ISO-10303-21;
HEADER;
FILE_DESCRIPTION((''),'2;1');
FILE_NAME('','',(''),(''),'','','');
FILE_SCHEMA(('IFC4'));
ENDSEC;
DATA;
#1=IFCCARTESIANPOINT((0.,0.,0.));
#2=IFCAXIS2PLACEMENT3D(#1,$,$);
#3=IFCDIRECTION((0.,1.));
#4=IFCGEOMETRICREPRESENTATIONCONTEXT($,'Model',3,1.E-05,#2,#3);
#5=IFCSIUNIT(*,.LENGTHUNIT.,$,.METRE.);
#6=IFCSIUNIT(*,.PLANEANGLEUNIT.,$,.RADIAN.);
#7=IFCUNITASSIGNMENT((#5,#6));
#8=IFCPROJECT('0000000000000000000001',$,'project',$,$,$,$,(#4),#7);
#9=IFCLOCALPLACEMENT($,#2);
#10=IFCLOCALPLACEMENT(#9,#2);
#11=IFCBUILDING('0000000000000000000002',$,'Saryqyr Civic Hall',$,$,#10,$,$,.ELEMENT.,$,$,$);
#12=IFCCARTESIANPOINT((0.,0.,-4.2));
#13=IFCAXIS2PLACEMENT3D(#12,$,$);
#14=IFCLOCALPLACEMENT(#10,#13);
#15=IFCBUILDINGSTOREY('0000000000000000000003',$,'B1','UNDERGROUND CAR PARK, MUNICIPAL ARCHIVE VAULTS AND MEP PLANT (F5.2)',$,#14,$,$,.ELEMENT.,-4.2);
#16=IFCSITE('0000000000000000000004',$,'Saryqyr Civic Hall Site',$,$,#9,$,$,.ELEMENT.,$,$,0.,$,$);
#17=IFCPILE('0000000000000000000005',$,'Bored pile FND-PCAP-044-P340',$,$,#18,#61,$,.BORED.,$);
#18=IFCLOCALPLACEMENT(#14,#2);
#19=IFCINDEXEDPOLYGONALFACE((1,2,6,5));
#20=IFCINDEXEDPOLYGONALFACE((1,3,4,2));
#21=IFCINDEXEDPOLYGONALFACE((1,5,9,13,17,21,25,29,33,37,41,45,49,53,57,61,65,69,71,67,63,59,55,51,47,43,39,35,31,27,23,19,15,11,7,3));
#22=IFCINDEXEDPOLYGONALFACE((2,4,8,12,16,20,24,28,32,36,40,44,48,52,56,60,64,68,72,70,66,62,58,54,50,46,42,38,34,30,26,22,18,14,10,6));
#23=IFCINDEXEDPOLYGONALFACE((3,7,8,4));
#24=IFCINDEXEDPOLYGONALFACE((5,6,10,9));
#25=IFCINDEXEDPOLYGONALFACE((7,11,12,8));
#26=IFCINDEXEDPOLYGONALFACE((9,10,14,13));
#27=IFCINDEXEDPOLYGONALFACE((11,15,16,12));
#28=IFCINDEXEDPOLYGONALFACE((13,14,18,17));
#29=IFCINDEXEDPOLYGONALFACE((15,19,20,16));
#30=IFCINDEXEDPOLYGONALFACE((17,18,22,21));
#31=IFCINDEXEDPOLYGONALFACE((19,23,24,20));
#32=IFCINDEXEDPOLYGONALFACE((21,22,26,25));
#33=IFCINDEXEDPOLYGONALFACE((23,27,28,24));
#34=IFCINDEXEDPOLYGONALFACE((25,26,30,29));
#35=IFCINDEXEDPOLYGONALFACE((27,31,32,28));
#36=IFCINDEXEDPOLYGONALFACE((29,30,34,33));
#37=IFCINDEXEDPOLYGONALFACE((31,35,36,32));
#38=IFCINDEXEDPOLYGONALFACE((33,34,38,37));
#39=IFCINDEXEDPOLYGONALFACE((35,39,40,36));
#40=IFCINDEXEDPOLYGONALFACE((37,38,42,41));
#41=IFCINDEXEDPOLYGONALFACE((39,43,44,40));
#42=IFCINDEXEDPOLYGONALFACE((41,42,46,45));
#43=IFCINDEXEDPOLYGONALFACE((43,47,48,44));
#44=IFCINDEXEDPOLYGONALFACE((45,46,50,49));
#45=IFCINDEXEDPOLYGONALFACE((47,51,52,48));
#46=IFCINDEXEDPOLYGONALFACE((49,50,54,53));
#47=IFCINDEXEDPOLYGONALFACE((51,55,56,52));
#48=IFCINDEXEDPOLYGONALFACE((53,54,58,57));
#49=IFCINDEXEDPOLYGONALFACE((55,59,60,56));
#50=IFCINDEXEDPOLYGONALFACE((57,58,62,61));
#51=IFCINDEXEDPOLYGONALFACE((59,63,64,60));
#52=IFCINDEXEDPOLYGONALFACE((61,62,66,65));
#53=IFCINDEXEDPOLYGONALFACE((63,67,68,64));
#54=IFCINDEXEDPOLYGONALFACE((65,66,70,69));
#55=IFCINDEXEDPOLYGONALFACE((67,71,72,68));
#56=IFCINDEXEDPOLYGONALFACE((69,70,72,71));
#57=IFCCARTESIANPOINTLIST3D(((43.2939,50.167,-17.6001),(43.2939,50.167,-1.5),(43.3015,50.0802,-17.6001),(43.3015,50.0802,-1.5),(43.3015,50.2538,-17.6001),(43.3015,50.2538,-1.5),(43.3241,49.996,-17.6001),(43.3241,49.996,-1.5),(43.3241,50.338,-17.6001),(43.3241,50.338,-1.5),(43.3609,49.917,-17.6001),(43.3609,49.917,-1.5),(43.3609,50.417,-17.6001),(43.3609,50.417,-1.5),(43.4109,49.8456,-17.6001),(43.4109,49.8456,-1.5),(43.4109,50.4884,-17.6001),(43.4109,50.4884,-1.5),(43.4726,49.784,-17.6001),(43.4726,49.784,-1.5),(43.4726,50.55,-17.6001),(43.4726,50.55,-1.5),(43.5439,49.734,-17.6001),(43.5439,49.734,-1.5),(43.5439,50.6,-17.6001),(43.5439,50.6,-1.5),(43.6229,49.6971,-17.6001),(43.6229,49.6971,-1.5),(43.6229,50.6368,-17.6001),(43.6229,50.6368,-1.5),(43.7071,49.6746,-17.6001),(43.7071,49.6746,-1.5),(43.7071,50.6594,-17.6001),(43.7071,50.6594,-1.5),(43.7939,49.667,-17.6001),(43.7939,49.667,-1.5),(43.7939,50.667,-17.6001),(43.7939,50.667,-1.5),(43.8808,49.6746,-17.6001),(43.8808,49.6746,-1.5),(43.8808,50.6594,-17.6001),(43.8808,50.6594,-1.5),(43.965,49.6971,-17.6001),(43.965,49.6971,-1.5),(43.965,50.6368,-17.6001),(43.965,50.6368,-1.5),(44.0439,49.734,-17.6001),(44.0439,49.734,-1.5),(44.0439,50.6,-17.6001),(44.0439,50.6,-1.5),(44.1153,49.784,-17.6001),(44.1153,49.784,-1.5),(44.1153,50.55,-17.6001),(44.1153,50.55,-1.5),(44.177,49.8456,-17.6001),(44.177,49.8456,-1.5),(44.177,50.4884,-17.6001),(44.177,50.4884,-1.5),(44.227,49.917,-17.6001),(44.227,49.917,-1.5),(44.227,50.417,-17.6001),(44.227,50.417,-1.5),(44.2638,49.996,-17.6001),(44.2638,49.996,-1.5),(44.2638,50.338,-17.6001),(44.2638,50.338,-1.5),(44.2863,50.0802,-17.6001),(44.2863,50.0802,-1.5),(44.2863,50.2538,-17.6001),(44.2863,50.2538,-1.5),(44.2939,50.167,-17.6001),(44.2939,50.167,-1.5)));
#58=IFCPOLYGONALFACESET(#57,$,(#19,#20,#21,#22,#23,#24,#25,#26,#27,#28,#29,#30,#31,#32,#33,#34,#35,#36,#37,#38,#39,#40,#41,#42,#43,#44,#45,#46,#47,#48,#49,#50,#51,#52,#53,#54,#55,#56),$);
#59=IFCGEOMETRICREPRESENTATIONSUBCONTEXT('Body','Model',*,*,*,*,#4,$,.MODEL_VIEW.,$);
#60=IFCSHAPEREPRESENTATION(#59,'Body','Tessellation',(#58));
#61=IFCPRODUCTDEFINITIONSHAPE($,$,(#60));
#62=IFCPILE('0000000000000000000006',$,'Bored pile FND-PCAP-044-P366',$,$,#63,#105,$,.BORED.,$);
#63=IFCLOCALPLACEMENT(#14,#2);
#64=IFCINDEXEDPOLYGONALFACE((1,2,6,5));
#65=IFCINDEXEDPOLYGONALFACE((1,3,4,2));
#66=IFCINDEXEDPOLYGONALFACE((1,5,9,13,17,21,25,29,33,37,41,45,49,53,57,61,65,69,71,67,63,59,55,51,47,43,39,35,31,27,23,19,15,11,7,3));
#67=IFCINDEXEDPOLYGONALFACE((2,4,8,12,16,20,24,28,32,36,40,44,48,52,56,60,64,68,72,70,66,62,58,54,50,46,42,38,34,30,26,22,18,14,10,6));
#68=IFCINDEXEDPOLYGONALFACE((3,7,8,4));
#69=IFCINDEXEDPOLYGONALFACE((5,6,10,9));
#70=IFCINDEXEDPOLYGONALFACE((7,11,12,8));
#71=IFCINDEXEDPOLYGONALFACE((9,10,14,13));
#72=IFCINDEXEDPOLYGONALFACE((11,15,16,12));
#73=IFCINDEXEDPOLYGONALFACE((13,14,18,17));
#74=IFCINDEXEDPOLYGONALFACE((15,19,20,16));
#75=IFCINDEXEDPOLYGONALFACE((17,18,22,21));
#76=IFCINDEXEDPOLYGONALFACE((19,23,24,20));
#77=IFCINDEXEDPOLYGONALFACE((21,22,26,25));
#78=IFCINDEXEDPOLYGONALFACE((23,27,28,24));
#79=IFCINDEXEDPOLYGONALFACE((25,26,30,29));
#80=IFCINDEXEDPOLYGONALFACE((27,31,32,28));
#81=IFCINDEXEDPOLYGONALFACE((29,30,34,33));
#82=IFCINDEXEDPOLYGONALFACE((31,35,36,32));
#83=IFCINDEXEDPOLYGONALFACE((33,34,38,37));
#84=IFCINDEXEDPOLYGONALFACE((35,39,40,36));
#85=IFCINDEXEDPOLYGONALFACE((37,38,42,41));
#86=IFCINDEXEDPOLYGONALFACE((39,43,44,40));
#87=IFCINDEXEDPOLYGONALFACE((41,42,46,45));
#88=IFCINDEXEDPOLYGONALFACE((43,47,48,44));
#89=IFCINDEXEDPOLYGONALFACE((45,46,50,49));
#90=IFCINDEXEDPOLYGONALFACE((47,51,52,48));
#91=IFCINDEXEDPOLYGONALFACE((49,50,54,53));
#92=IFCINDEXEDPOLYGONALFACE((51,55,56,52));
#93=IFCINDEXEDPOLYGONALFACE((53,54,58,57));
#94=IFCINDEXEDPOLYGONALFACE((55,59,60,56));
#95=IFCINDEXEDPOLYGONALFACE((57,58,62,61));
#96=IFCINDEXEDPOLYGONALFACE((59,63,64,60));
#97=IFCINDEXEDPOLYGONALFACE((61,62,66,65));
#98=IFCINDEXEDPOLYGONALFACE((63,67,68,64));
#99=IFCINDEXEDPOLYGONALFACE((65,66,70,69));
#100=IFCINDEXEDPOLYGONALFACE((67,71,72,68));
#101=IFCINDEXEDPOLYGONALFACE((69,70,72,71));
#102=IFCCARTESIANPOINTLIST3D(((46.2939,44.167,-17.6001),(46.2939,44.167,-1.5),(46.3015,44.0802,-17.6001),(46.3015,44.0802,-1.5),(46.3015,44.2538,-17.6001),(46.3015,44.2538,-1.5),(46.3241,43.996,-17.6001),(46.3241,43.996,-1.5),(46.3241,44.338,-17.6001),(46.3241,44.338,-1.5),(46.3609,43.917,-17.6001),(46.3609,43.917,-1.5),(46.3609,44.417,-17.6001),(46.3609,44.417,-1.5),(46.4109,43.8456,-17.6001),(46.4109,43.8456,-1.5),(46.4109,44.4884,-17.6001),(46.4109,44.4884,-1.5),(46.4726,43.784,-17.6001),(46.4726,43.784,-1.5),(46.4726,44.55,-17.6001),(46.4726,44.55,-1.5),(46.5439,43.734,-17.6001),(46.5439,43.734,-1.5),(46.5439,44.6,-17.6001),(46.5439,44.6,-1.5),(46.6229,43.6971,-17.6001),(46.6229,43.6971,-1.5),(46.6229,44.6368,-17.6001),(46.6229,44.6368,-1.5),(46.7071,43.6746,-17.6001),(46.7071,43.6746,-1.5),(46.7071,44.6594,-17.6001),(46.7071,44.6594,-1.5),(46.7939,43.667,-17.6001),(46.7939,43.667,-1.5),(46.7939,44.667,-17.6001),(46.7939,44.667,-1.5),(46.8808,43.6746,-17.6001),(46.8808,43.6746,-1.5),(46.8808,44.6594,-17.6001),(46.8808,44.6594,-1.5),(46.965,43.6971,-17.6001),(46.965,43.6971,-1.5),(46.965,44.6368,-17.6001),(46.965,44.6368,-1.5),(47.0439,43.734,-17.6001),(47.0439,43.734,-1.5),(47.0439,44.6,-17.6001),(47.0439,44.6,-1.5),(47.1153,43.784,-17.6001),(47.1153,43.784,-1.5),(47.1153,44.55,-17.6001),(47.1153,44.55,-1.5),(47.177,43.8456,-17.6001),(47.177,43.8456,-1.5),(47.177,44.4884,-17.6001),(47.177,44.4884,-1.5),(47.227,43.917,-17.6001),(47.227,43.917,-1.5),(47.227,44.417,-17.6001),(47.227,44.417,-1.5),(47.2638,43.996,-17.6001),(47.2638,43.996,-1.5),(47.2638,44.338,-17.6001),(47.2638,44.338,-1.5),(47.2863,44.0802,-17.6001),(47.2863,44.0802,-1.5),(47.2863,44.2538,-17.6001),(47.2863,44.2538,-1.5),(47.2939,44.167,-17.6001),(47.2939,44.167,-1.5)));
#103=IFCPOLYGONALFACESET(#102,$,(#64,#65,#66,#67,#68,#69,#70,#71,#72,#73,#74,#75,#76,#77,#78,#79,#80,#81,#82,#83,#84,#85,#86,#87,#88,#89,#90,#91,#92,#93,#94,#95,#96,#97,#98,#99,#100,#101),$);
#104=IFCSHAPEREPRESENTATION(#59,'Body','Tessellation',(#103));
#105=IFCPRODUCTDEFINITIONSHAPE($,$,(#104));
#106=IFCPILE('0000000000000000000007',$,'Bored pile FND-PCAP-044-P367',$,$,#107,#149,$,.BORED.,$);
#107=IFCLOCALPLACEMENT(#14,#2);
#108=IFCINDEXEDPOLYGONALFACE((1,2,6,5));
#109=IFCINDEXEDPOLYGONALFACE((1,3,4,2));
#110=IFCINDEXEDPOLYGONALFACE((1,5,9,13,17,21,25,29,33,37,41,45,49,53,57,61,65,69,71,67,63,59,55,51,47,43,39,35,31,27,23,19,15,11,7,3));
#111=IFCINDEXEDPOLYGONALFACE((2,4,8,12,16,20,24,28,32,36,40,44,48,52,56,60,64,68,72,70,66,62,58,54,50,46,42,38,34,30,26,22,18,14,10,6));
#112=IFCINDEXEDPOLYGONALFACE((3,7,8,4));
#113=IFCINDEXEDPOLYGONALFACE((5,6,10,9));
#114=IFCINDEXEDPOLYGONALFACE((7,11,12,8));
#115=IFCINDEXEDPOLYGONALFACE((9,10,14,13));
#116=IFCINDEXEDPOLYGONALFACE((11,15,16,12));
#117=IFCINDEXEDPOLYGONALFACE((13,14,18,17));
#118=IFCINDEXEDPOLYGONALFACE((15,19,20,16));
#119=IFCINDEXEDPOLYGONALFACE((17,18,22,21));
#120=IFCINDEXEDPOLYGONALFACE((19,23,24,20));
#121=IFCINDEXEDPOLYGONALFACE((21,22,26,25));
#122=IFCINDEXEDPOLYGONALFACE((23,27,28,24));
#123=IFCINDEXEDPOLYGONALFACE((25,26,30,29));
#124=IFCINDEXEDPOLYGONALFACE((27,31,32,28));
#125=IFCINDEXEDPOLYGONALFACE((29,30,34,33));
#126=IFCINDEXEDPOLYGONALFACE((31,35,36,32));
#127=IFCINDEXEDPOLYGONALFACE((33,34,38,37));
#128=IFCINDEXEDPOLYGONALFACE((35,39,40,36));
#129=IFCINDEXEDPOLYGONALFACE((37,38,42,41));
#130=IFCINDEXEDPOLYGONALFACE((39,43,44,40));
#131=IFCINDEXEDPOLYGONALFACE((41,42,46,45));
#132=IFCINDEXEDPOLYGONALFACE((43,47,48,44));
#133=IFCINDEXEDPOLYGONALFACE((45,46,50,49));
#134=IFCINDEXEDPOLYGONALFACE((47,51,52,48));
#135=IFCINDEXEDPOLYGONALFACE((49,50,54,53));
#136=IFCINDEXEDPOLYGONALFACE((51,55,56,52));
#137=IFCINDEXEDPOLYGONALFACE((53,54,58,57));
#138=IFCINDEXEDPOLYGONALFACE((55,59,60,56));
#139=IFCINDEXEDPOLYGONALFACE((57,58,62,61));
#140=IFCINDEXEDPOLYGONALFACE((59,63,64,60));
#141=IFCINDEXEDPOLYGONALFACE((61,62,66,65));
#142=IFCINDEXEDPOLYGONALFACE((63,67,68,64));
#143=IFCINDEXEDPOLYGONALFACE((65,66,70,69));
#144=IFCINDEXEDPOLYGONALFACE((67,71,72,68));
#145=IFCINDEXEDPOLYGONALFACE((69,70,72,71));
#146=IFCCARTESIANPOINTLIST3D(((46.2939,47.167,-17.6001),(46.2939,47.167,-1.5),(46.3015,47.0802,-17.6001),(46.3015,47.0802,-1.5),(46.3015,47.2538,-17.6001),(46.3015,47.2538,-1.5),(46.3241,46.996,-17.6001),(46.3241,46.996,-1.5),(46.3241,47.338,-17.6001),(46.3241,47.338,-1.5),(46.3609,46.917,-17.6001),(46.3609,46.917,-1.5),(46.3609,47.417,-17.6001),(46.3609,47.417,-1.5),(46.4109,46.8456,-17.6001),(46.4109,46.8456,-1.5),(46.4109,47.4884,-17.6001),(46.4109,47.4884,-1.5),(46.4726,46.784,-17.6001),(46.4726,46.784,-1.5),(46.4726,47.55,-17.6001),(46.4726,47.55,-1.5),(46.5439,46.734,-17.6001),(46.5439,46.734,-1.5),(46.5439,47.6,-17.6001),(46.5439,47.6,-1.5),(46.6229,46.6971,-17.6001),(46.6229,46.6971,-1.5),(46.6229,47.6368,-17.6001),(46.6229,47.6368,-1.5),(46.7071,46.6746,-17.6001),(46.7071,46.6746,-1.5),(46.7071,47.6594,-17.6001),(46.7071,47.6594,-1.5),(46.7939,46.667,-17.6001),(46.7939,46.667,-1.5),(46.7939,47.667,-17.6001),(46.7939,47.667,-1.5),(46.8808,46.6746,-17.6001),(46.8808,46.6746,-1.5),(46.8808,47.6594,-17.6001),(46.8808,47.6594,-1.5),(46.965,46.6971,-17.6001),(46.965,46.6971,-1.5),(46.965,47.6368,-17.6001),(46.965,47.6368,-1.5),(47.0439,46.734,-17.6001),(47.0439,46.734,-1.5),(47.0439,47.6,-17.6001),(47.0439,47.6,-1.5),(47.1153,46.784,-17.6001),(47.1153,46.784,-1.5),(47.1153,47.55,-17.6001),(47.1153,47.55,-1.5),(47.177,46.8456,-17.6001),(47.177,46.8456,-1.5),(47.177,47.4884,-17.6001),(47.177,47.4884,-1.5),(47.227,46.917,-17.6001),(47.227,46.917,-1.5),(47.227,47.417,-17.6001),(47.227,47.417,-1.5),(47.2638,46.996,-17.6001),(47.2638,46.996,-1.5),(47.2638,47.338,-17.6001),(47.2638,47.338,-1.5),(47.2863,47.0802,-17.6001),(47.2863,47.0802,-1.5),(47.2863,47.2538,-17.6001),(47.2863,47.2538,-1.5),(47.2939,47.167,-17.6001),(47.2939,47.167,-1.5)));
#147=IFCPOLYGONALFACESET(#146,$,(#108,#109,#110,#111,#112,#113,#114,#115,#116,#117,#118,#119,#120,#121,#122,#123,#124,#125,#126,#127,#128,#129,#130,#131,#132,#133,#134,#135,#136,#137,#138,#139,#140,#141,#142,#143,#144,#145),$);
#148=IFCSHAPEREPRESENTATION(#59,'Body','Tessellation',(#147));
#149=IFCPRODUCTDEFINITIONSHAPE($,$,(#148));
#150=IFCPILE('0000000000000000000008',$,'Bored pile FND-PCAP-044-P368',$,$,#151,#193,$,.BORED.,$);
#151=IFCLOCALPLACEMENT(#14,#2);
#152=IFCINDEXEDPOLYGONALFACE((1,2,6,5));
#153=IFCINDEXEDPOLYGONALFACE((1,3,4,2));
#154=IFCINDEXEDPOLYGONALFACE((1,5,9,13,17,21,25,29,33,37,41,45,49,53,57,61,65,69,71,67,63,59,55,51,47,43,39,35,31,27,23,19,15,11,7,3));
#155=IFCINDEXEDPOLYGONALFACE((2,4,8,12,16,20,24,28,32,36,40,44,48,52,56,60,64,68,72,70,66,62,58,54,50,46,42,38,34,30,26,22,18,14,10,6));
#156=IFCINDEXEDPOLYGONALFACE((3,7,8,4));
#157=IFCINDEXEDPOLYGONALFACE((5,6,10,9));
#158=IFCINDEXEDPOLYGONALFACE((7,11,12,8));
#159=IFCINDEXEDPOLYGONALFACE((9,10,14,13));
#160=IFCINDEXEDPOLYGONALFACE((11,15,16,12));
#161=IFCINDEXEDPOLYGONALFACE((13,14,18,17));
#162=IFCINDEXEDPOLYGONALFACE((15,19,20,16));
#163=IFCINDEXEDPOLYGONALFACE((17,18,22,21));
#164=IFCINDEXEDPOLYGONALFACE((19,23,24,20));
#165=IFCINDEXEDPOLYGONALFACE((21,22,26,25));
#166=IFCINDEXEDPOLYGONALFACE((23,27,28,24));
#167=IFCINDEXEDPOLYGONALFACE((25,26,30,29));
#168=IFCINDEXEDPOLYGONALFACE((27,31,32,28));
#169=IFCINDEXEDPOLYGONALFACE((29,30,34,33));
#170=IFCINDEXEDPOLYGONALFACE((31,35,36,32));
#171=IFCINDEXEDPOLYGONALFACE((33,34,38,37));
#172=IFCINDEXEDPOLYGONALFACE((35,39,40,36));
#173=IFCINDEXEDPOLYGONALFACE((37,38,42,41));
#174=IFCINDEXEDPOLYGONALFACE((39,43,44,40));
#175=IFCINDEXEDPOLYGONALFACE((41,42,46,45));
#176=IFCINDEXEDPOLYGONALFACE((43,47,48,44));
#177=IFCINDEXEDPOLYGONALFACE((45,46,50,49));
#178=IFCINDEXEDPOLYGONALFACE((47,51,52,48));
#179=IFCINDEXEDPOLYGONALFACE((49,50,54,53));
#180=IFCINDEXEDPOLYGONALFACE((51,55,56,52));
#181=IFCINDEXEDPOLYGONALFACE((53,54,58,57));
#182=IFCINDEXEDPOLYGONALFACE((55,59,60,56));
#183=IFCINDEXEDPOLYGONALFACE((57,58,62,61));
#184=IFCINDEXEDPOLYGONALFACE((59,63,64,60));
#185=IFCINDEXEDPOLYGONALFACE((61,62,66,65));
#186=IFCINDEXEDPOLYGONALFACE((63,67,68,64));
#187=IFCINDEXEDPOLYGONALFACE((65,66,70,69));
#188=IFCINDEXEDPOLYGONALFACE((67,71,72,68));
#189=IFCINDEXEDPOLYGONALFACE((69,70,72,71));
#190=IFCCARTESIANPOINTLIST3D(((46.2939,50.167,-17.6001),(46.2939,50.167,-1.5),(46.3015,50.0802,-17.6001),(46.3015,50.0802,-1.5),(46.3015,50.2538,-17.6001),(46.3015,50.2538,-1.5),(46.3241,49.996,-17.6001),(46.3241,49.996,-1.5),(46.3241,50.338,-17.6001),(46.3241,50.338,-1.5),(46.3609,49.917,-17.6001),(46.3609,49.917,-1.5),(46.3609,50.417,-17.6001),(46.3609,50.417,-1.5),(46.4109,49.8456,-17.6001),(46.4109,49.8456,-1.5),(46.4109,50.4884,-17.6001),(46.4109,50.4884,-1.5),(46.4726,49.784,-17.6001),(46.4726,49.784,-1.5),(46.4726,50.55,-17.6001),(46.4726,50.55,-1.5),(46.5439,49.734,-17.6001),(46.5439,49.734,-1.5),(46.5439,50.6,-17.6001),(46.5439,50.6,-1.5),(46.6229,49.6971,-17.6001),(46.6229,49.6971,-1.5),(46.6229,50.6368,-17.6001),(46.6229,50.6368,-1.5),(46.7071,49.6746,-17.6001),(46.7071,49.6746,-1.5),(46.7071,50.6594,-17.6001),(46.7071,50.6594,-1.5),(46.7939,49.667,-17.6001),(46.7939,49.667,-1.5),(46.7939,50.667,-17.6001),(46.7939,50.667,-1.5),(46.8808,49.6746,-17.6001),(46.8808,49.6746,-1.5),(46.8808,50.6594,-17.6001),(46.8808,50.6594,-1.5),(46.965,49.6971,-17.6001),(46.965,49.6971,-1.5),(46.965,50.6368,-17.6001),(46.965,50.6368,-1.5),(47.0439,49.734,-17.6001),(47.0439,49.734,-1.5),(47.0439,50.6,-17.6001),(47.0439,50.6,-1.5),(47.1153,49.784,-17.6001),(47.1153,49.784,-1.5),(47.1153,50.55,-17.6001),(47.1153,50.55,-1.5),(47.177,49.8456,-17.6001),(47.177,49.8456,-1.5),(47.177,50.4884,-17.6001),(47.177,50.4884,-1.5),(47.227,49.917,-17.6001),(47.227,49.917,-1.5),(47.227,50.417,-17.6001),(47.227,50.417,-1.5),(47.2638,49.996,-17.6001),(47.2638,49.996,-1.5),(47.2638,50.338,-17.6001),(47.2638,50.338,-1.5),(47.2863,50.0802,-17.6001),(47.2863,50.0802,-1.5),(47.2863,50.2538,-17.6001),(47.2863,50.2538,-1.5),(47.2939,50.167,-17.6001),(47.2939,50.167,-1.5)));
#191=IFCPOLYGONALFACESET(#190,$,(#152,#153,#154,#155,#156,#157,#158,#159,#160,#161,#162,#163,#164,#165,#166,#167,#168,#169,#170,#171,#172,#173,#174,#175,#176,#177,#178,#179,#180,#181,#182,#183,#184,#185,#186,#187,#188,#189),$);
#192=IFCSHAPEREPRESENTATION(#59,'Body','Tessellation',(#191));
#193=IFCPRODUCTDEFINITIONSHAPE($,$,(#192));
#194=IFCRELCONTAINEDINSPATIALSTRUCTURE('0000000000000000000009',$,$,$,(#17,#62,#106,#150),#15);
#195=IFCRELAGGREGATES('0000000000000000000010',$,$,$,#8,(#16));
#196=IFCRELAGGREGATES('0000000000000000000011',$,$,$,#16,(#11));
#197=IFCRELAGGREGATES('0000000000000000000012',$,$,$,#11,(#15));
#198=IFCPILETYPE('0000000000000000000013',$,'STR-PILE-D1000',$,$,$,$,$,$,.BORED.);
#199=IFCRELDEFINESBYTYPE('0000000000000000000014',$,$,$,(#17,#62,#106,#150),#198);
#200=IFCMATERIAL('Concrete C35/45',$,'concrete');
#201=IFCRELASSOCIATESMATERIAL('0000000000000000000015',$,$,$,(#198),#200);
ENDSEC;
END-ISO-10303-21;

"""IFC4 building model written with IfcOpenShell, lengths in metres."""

from ifc_helpers import new_model, si_unit, direction, frame, origin, origin_2d, place, context, subcontext, project, spatial, circle, extrude, material, material_profile, profile_set, type_object, element, save


model = new_model("IFC4")

# Units and contexts
model_context = context("Model", 3, precision=1e-05, world=origin(), true_north=direction((0.0, 1.0)))
body_context = subcontext(model_context, "Body", "Model", "MODEL_VIEW")
ifc_project = project(units=[si_unit("LENGTHUNIT", "METRE"), si_unit("PLANEANGLEUNIT", "RADIAN")], contexts=[model_context])

# Site, building, storey
site_placement = place(None, origin())
site = spatial("IfcSite", under=ifc_project, at=site_placement, Name="Saryqyr Civic Hall Site", CompositionType="ELEMENT", RefElevation=0.0)
building_placement = place(site_placement, origin())
building = spatial("IfcBuilding", under=site, at=building_placement, Name="Saryqyr Civic Hall", CompositionType="ELEMENT")
storey_placement = place(building_placement, frame((0.0, 0.0, -4.2)))
storey = spatial("IfcBuildingStorey", under=building, at=storey_placement, Name="B1", Description="UNDERGROUND CAR PARK, MUNICIPAL ARCHIVE VAULTS AND MEP PLANT (F5.2)", CompositionType="ELEMENT", Elevation=-4.2)

# Piles
ifc_material_1 = material(Name="Concrete C35/45", Category="concrete")
ifc_material_profile_1 = material_profile(ifc_material_1, circle(Radius=0.5, at=origin_2d()), Name="BORED PILE D1000")
ifc_profile_set_1 = profile_set([ifc_material_profile_1], Name="Concrete C35/45")
pile_type = type_object("IfcPileType", Name="STR-PILE-D1000", PredefinedType="BORED", material=ifc_profile_set_1)
for number, where, z_axis, x_axis, name in (
    (1, (43.7939, 50.167, -1.5), (0.0, 0.0, -1.0), (1.0, 0.0, 0.0), "Bored pile FND-PCAP-044-P340"),
    (2, (46.7939, 44.167, -1.5), (0.0, 0.0, -1.0), (1.0, 0.0, 0.0), "Bored pile FND-PCAP-044-P366"),
    (3, (46.7939, 47.167, -1.5), (0.0, 0.0, -1.0), (1.0, 0.0, 0.0), "Bored pile FND-PCAP-044-P367"),
    (4, (46.7939, 50.167, -1.5), (0.0, 0.0, -1.0), (1.0, 0.0, 0.0), "Bored pile FND-PCAP-044-P368"),
):
    element("IfcPile", number, at=place(storey_placement, frame(where, z_axis=z_axis, x_axis=x_axis)), inside=storey, type_object=pile_type, Name=name, PredefinedType="BORED", context=body_context, shape_type="SweptSolid", body=[
        extrude(circle(Radius=0.5, at=origin_2d()), origin(), (0.0, 0.0, 1.0), 16.1001),
    ])

save(model, "model.ifc")
